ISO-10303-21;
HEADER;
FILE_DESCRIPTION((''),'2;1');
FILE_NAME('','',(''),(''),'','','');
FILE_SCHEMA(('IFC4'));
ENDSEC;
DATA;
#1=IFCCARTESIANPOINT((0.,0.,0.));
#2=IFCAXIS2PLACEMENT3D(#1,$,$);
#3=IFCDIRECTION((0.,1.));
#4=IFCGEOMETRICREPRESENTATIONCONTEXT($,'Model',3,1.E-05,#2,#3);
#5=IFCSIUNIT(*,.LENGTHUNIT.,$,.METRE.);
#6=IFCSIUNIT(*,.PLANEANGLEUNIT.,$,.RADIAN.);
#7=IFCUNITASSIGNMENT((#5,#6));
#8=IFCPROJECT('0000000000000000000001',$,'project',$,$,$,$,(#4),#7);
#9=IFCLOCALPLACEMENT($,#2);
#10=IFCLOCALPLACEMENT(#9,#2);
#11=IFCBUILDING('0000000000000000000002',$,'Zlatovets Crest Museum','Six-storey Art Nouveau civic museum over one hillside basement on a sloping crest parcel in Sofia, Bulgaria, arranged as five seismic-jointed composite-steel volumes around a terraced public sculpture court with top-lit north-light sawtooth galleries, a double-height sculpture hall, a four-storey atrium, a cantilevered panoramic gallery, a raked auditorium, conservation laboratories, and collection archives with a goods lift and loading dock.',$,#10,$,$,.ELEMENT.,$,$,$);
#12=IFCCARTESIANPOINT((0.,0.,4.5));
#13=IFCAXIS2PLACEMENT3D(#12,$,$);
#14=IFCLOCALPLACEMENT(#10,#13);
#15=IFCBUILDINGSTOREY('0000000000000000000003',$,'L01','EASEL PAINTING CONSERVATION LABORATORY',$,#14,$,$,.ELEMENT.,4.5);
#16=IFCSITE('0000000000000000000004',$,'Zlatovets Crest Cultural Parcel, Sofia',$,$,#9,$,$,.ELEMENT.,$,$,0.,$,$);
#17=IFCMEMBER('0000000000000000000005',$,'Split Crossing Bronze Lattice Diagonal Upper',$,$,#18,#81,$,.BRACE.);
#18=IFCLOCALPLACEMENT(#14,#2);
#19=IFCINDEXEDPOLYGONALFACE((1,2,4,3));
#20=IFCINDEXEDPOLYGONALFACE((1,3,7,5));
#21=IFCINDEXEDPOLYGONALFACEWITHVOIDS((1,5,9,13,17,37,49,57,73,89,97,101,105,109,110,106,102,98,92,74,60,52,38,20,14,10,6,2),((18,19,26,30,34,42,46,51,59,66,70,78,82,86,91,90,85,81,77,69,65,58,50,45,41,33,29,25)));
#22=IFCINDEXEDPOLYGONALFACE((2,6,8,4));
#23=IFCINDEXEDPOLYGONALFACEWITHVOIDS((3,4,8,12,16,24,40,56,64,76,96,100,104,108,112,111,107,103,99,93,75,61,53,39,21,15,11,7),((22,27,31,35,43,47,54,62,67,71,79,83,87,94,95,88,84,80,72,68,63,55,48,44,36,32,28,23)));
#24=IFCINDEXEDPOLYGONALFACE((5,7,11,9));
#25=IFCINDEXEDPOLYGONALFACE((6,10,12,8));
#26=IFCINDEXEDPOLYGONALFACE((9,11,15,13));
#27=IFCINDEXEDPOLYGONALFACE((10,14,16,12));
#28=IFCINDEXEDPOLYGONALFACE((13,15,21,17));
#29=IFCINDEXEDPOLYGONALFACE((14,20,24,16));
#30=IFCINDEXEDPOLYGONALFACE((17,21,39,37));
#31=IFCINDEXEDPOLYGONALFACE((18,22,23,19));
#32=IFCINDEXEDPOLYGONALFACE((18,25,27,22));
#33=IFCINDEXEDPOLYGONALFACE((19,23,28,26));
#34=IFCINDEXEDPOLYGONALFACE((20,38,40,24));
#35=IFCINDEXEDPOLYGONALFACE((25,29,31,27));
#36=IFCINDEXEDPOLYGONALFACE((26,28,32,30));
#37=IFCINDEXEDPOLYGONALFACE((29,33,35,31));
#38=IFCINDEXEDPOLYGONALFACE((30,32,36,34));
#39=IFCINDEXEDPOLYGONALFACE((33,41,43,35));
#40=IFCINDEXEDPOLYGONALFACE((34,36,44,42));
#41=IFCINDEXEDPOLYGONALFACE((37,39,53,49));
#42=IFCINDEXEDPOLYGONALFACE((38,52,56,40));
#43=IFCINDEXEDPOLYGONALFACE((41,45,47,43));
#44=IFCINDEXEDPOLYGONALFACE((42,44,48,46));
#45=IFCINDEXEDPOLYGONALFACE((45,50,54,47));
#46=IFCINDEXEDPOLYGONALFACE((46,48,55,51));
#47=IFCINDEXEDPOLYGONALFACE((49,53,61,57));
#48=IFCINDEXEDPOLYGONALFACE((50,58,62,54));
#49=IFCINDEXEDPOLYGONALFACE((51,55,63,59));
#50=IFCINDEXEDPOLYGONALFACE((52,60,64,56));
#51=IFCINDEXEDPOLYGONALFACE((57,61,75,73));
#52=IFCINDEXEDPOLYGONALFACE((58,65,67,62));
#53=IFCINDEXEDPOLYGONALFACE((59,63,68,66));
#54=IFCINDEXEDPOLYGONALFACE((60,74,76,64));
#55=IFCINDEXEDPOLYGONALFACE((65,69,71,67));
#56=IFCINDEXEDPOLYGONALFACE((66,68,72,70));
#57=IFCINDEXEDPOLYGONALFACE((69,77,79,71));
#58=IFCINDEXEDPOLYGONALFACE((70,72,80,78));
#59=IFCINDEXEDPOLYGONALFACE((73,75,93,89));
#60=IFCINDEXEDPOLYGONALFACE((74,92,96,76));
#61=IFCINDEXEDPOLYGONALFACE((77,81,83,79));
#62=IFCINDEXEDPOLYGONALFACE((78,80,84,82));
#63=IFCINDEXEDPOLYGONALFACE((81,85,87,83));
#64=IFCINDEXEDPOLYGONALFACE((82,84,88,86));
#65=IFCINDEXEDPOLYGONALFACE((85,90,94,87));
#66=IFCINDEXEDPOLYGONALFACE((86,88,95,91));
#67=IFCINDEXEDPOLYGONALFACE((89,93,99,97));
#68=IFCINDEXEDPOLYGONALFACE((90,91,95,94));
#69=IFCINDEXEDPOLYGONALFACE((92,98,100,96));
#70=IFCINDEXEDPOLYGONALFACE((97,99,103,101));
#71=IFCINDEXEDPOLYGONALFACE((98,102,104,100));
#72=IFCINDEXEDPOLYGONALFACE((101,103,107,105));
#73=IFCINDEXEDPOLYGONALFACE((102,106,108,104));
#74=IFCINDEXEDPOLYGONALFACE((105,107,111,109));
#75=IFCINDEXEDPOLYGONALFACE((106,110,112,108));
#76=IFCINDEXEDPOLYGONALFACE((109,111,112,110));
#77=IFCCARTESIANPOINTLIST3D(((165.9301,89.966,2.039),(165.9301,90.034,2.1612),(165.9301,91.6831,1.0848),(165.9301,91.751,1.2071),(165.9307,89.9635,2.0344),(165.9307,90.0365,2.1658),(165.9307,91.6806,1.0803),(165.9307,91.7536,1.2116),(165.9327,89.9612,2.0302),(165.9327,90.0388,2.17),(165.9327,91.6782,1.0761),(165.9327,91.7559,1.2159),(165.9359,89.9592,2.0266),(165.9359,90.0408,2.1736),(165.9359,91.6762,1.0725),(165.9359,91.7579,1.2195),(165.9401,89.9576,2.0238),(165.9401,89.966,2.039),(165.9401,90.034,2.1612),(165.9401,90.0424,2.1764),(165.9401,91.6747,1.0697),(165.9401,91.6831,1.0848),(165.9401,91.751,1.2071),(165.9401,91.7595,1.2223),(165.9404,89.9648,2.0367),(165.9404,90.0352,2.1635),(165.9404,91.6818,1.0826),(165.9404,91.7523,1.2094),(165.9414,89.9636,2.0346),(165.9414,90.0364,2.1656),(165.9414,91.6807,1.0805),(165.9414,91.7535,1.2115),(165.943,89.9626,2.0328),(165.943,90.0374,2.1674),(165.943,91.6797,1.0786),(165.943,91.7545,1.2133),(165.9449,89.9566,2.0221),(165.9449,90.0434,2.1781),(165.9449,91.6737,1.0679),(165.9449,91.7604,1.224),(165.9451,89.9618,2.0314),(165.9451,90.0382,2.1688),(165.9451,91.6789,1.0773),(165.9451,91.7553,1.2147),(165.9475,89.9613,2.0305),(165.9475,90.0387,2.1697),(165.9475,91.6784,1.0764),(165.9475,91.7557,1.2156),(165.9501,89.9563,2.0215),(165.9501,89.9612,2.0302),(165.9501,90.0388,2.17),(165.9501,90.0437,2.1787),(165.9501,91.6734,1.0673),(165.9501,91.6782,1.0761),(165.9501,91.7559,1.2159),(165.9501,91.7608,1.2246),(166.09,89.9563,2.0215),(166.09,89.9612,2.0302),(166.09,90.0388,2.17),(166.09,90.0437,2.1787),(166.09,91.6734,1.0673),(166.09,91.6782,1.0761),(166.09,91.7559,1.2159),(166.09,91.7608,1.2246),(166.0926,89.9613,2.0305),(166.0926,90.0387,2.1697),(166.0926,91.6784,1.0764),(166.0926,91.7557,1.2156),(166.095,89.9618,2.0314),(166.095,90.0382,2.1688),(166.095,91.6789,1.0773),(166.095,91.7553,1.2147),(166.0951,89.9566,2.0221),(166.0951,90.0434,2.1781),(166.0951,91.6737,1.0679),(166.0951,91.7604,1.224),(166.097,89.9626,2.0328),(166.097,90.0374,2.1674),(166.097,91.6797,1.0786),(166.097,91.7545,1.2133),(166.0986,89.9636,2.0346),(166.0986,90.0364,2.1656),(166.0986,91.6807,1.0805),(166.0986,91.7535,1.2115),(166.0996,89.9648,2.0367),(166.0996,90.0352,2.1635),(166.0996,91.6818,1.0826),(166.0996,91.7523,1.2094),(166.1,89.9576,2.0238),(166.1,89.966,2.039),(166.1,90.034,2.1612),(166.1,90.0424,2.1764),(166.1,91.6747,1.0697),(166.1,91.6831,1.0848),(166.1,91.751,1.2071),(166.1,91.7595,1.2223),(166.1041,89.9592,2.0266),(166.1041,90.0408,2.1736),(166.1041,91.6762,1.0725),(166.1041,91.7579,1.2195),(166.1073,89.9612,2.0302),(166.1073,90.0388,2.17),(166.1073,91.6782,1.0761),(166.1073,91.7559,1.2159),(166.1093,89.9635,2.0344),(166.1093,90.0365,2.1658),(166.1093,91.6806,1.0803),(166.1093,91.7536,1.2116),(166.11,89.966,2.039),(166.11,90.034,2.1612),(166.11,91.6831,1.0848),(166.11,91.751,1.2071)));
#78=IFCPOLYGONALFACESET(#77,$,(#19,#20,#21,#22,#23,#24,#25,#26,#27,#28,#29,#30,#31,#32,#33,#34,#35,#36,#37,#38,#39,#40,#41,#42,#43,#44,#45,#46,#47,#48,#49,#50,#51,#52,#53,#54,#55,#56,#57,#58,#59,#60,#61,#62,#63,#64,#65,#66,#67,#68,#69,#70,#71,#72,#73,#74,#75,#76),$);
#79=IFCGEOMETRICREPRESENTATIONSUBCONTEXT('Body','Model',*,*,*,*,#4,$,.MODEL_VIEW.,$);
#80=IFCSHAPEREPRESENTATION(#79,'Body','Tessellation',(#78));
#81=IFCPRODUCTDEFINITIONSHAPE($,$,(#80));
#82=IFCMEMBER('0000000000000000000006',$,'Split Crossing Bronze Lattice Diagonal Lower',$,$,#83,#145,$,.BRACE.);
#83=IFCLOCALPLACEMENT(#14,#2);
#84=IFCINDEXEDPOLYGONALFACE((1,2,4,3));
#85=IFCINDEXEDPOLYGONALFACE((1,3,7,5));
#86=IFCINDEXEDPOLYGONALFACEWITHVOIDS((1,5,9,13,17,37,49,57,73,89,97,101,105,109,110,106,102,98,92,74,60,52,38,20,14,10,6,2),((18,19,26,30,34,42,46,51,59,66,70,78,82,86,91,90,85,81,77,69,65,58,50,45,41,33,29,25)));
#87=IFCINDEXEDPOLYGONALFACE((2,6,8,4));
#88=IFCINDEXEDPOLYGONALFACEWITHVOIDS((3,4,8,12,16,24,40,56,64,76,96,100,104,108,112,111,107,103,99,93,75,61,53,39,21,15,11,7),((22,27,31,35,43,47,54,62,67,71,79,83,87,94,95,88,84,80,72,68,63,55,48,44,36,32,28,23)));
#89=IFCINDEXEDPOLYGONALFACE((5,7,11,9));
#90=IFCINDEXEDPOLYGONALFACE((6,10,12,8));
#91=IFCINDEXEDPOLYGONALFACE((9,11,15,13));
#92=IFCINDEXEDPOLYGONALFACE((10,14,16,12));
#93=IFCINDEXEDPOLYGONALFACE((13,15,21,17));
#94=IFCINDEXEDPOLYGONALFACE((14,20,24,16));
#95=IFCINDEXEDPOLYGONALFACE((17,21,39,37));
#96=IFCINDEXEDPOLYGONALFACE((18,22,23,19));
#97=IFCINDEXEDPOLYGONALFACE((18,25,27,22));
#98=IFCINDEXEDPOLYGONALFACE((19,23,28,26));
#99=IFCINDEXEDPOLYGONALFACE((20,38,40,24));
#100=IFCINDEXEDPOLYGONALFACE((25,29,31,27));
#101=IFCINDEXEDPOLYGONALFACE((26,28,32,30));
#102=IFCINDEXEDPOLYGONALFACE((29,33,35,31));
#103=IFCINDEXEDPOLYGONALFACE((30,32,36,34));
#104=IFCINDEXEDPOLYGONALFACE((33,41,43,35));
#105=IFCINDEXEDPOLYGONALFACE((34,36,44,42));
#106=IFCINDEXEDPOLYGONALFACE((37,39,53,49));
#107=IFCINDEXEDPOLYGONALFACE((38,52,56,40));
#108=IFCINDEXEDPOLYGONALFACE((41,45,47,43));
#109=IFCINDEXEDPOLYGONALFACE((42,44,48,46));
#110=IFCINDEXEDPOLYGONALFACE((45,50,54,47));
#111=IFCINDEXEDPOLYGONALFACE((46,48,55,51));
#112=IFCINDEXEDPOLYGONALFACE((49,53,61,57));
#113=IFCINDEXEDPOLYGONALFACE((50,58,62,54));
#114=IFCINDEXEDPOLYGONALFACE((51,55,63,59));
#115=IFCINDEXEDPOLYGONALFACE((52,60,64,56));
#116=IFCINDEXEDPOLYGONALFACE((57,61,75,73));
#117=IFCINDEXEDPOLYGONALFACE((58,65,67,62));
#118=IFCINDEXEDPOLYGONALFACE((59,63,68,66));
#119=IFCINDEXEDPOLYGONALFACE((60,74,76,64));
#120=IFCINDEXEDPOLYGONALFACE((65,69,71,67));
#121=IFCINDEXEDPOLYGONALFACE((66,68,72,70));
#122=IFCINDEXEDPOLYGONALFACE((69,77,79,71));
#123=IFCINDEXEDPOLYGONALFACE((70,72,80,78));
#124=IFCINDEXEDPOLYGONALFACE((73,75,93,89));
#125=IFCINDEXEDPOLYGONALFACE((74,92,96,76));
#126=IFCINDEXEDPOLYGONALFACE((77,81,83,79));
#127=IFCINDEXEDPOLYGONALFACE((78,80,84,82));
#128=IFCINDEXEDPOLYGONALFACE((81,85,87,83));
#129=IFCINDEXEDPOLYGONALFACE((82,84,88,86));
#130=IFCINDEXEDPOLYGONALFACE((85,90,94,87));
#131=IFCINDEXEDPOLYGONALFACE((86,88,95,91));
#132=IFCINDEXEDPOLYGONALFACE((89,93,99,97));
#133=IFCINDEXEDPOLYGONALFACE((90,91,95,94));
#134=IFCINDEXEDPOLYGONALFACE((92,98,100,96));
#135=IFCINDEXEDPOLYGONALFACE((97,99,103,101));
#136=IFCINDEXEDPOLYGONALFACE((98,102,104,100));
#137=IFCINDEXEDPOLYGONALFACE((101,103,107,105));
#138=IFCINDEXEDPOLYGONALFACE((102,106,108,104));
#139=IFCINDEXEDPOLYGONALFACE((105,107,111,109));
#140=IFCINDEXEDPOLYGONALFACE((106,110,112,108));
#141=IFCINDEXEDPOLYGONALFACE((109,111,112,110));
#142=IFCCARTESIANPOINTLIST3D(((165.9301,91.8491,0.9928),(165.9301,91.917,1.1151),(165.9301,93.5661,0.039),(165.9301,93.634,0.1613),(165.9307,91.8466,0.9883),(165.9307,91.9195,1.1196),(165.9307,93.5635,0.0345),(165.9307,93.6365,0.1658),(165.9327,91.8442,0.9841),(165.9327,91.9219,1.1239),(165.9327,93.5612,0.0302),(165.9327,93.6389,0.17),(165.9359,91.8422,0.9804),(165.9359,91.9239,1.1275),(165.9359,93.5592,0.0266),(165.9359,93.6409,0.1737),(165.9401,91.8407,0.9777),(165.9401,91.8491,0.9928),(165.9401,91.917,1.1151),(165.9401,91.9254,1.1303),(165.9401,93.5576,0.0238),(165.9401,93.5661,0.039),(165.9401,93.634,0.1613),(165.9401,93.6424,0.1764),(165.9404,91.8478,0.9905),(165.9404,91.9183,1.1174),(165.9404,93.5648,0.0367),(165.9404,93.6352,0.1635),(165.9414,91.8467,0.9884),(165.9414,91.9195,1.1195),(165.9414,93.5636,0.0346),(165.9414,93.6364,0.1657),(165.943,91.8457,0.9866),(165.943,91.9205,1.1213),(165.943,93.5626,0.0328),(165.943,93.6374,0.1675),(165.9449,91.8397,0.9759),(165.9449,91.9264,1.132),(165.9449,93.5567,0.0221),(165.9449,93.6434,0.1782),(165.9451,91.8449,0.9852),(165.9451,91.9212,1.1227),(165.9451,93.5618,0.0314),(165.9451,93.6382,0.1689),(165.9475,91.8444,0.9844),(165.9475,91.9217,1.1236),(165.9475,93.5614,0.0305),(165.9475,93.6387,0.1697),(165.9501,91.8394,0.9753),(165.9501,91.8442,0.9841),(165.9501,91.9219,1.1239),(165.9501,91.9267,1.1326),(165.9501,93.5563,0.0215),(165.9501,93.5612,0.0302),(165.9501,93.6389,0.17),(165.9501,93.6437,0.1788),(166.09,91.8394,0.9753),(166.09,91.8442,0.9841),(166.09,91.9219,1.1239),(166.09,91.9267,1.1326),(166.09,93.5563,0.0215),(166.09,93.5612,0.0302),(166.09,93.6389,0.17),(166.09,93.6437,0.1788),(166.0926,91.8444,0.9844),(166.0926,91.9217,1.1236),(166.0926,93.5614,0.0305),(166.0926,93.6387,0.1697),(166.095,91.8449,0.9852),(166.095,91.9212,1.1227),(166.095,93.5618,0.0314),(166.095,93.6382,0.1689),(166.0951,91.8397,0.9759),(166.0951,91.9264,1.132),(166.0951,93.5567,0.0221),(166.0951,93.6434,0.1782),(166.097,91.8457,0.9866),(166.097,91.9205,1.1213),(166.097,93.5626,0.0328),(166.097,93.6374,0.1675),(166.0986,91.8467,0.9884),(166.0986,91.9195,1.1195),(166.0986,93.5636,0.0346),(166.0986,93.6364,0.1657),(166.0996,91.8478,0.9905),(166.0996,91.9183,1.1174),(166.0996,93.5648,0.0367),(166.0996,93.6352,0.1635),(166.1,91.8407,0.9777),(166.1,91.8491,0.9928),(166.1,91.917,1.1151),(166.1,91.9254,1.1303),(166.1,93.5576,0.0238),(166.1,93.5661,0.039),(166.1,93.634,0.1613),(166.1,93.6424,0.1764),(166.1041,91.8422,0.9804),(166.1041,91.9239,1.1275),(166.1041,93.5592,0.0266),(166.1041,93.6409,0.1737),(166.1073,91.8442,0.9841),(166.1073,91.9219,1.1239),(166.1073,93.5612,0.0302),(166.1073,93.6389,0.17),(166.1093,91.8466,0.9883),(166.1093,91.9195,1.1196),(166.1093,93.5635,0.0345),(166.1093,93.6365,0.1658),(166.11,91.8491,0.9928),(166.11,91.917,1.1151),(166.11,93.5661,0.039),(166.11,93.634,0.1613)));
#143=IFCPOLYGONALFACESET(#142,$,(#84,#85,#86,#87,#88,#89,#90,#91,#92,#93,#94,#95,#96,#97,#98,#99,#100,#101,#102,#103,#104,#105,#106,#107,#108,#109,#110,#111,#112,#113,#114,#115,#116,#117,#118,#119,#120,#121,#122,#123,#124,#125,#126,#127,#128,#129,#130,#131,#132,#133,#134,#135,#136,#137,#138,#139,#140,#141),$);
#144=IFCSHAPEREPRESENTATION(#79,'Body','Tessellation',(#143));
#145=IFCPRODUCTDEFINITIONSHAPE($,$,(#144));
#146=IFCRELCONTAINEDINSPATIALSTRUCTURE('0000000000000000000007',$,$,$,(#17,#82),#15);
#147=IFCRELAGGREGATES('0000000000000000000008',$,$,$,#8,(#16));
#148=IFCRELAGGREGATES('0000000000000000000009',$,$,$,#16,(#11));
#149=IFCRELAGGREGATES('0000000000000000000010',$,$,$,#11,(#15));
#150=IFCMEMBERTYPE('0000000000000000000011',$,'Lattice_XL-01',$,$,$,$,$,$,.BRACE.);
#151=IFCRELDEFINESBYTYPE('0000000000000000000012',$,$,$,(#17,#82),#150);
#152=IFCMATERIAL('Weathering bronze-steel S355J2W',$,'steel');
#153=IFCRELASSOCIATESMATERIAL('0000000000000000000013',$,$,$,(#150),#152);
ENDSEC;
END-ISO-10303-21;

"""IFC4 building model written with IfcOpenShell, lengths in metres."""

from ifc_helpers import new_model, si_unit, direction, frame, origin, origin_2d, place, context, subcontext, project, spatial, hollow_rectangle, extrude, material, material_profile, profile_set, type_object, element, save


model = new_model("IFC4")

# Units and contexts
model_context = context("Model", 3, precision=1e-05, world=origin(), true_north=direction((0.0, 1.0)))
body_context = subcontext(model_context, "Body", "Model", "MODEL_VIEW")
ifc_project = project(units=[si_unit("LENGTHUNIT", "METRE"), si_unit("PLANEANGLEUNIT", "RADIAN")], contexts=[model_context])

# Site, building, storey
site_placement = place(None, origin())
site = spatial("IfcSite", under=ifc_project, at=site_placement, Name="Zlatovets Crest Cultural Parcel, Sofia", CompositionType="ELEMENT", RefElevation=0.0)
building_placement = place(site_placement, origin())
building = spatial("IfcBuilding", under=site, at=building_placement, Name="Zlatovets Crest Museum", Description="Six-storey Art Nouveau civic museum over one hillside basement on a sloping crest parcel in Sofia, Bulgaria, arranged as five seismic-jointed composite-steel volumes around a terraced public sculpture court with top-lit north-light sawtooth galleries, a double-height sculpture hall, a four-storey atrium, a cantilevered panoramic gallery, a raked auditorium, conservation laboratories, and collection archives with a goods lift and loading dock.", CompositionType="ELEMENT")
storey_placement = place(building_placement, frame((0.0, 0.0, 4.5)))
storey = spatial("IfcBuildingStorey", under=building, at=storey_placement, Name="L01", Description="EASEL PAINTING CONSERVATION LABORATORY", CompositionType="ELEMENT", Elevation=4.5)

# Members
ifc_material_1 = material(Name="Weathering bronze-steel S355J2W", Category="steel")
ifc_material_profile_1 = material_profile(ifc_material_1, hollow_rectangle(XDim=0.1799, YDim=0.1799, WallThickness=0.01, InnerFilletRadius=0.01, OuterFilletRadius=0.02, at=origin_2d()), Name="SHS 180x180x10.0")
ifc_profile_set_1 = profile_set([ifc_material_profile_1], Name="Weathering bronze-steel S355J2W")
member_type_1 = type_object("IfcMemberType", Name="Lattice_XL-01", PredefinedType="BRACE", material=ifc_profile_set_1)
member_1_placement = place(storey_placement, frame((166.02, 90.0, 2.1001), z_axis=(0.0, 0.874116, -0.485717), x_axis=(-1.0, 0.0, 0.0)))
element("IfcMember", 1, at=member_1_placement, inside=storey, type_object=member_type_1, Name="Split Crossing Bronze Lattice Diagonal Upper", PredefinedType="BRACE", context=body_context, shape_type="SweptSolid", body=[
    extrude(hollow_rectangle(XDim=0.1799, YDim=0.1799, WallThickness=0.01, InnerFilletRadius=0.01, OuterFilletRadius=0.02, at=origin_2d()), origin(), (0.0, 0.0, 1.0), 1.9644),
])
member_2_placement = place(storey_placement, frame((166.02, 91.8831, 1.054), z_axis=(0.0, 0.874169, -0.485622), x_axis=(-1.0, 0.0, 0.0)))
element("IfcMember", 2, at=member_2_placement, inside=storey, type_object=member_type_1, Name="Split Crossing Bronze Lattice Diagonal Lower", PredefinedType="BRACE", context=body_context, shape_type="SweptSolid", body=[
    extrude(hollow_rectangle(XDim=0.1799, YDim=0.1799, WallThickness=0.01, InnerFilletRadius=0.01, OuterFilletRadius=0.02, at=origin_2d()), origin(), (0.0, 0.0, 1.0), 1.9641),
])

save(model, "model.ifc")
